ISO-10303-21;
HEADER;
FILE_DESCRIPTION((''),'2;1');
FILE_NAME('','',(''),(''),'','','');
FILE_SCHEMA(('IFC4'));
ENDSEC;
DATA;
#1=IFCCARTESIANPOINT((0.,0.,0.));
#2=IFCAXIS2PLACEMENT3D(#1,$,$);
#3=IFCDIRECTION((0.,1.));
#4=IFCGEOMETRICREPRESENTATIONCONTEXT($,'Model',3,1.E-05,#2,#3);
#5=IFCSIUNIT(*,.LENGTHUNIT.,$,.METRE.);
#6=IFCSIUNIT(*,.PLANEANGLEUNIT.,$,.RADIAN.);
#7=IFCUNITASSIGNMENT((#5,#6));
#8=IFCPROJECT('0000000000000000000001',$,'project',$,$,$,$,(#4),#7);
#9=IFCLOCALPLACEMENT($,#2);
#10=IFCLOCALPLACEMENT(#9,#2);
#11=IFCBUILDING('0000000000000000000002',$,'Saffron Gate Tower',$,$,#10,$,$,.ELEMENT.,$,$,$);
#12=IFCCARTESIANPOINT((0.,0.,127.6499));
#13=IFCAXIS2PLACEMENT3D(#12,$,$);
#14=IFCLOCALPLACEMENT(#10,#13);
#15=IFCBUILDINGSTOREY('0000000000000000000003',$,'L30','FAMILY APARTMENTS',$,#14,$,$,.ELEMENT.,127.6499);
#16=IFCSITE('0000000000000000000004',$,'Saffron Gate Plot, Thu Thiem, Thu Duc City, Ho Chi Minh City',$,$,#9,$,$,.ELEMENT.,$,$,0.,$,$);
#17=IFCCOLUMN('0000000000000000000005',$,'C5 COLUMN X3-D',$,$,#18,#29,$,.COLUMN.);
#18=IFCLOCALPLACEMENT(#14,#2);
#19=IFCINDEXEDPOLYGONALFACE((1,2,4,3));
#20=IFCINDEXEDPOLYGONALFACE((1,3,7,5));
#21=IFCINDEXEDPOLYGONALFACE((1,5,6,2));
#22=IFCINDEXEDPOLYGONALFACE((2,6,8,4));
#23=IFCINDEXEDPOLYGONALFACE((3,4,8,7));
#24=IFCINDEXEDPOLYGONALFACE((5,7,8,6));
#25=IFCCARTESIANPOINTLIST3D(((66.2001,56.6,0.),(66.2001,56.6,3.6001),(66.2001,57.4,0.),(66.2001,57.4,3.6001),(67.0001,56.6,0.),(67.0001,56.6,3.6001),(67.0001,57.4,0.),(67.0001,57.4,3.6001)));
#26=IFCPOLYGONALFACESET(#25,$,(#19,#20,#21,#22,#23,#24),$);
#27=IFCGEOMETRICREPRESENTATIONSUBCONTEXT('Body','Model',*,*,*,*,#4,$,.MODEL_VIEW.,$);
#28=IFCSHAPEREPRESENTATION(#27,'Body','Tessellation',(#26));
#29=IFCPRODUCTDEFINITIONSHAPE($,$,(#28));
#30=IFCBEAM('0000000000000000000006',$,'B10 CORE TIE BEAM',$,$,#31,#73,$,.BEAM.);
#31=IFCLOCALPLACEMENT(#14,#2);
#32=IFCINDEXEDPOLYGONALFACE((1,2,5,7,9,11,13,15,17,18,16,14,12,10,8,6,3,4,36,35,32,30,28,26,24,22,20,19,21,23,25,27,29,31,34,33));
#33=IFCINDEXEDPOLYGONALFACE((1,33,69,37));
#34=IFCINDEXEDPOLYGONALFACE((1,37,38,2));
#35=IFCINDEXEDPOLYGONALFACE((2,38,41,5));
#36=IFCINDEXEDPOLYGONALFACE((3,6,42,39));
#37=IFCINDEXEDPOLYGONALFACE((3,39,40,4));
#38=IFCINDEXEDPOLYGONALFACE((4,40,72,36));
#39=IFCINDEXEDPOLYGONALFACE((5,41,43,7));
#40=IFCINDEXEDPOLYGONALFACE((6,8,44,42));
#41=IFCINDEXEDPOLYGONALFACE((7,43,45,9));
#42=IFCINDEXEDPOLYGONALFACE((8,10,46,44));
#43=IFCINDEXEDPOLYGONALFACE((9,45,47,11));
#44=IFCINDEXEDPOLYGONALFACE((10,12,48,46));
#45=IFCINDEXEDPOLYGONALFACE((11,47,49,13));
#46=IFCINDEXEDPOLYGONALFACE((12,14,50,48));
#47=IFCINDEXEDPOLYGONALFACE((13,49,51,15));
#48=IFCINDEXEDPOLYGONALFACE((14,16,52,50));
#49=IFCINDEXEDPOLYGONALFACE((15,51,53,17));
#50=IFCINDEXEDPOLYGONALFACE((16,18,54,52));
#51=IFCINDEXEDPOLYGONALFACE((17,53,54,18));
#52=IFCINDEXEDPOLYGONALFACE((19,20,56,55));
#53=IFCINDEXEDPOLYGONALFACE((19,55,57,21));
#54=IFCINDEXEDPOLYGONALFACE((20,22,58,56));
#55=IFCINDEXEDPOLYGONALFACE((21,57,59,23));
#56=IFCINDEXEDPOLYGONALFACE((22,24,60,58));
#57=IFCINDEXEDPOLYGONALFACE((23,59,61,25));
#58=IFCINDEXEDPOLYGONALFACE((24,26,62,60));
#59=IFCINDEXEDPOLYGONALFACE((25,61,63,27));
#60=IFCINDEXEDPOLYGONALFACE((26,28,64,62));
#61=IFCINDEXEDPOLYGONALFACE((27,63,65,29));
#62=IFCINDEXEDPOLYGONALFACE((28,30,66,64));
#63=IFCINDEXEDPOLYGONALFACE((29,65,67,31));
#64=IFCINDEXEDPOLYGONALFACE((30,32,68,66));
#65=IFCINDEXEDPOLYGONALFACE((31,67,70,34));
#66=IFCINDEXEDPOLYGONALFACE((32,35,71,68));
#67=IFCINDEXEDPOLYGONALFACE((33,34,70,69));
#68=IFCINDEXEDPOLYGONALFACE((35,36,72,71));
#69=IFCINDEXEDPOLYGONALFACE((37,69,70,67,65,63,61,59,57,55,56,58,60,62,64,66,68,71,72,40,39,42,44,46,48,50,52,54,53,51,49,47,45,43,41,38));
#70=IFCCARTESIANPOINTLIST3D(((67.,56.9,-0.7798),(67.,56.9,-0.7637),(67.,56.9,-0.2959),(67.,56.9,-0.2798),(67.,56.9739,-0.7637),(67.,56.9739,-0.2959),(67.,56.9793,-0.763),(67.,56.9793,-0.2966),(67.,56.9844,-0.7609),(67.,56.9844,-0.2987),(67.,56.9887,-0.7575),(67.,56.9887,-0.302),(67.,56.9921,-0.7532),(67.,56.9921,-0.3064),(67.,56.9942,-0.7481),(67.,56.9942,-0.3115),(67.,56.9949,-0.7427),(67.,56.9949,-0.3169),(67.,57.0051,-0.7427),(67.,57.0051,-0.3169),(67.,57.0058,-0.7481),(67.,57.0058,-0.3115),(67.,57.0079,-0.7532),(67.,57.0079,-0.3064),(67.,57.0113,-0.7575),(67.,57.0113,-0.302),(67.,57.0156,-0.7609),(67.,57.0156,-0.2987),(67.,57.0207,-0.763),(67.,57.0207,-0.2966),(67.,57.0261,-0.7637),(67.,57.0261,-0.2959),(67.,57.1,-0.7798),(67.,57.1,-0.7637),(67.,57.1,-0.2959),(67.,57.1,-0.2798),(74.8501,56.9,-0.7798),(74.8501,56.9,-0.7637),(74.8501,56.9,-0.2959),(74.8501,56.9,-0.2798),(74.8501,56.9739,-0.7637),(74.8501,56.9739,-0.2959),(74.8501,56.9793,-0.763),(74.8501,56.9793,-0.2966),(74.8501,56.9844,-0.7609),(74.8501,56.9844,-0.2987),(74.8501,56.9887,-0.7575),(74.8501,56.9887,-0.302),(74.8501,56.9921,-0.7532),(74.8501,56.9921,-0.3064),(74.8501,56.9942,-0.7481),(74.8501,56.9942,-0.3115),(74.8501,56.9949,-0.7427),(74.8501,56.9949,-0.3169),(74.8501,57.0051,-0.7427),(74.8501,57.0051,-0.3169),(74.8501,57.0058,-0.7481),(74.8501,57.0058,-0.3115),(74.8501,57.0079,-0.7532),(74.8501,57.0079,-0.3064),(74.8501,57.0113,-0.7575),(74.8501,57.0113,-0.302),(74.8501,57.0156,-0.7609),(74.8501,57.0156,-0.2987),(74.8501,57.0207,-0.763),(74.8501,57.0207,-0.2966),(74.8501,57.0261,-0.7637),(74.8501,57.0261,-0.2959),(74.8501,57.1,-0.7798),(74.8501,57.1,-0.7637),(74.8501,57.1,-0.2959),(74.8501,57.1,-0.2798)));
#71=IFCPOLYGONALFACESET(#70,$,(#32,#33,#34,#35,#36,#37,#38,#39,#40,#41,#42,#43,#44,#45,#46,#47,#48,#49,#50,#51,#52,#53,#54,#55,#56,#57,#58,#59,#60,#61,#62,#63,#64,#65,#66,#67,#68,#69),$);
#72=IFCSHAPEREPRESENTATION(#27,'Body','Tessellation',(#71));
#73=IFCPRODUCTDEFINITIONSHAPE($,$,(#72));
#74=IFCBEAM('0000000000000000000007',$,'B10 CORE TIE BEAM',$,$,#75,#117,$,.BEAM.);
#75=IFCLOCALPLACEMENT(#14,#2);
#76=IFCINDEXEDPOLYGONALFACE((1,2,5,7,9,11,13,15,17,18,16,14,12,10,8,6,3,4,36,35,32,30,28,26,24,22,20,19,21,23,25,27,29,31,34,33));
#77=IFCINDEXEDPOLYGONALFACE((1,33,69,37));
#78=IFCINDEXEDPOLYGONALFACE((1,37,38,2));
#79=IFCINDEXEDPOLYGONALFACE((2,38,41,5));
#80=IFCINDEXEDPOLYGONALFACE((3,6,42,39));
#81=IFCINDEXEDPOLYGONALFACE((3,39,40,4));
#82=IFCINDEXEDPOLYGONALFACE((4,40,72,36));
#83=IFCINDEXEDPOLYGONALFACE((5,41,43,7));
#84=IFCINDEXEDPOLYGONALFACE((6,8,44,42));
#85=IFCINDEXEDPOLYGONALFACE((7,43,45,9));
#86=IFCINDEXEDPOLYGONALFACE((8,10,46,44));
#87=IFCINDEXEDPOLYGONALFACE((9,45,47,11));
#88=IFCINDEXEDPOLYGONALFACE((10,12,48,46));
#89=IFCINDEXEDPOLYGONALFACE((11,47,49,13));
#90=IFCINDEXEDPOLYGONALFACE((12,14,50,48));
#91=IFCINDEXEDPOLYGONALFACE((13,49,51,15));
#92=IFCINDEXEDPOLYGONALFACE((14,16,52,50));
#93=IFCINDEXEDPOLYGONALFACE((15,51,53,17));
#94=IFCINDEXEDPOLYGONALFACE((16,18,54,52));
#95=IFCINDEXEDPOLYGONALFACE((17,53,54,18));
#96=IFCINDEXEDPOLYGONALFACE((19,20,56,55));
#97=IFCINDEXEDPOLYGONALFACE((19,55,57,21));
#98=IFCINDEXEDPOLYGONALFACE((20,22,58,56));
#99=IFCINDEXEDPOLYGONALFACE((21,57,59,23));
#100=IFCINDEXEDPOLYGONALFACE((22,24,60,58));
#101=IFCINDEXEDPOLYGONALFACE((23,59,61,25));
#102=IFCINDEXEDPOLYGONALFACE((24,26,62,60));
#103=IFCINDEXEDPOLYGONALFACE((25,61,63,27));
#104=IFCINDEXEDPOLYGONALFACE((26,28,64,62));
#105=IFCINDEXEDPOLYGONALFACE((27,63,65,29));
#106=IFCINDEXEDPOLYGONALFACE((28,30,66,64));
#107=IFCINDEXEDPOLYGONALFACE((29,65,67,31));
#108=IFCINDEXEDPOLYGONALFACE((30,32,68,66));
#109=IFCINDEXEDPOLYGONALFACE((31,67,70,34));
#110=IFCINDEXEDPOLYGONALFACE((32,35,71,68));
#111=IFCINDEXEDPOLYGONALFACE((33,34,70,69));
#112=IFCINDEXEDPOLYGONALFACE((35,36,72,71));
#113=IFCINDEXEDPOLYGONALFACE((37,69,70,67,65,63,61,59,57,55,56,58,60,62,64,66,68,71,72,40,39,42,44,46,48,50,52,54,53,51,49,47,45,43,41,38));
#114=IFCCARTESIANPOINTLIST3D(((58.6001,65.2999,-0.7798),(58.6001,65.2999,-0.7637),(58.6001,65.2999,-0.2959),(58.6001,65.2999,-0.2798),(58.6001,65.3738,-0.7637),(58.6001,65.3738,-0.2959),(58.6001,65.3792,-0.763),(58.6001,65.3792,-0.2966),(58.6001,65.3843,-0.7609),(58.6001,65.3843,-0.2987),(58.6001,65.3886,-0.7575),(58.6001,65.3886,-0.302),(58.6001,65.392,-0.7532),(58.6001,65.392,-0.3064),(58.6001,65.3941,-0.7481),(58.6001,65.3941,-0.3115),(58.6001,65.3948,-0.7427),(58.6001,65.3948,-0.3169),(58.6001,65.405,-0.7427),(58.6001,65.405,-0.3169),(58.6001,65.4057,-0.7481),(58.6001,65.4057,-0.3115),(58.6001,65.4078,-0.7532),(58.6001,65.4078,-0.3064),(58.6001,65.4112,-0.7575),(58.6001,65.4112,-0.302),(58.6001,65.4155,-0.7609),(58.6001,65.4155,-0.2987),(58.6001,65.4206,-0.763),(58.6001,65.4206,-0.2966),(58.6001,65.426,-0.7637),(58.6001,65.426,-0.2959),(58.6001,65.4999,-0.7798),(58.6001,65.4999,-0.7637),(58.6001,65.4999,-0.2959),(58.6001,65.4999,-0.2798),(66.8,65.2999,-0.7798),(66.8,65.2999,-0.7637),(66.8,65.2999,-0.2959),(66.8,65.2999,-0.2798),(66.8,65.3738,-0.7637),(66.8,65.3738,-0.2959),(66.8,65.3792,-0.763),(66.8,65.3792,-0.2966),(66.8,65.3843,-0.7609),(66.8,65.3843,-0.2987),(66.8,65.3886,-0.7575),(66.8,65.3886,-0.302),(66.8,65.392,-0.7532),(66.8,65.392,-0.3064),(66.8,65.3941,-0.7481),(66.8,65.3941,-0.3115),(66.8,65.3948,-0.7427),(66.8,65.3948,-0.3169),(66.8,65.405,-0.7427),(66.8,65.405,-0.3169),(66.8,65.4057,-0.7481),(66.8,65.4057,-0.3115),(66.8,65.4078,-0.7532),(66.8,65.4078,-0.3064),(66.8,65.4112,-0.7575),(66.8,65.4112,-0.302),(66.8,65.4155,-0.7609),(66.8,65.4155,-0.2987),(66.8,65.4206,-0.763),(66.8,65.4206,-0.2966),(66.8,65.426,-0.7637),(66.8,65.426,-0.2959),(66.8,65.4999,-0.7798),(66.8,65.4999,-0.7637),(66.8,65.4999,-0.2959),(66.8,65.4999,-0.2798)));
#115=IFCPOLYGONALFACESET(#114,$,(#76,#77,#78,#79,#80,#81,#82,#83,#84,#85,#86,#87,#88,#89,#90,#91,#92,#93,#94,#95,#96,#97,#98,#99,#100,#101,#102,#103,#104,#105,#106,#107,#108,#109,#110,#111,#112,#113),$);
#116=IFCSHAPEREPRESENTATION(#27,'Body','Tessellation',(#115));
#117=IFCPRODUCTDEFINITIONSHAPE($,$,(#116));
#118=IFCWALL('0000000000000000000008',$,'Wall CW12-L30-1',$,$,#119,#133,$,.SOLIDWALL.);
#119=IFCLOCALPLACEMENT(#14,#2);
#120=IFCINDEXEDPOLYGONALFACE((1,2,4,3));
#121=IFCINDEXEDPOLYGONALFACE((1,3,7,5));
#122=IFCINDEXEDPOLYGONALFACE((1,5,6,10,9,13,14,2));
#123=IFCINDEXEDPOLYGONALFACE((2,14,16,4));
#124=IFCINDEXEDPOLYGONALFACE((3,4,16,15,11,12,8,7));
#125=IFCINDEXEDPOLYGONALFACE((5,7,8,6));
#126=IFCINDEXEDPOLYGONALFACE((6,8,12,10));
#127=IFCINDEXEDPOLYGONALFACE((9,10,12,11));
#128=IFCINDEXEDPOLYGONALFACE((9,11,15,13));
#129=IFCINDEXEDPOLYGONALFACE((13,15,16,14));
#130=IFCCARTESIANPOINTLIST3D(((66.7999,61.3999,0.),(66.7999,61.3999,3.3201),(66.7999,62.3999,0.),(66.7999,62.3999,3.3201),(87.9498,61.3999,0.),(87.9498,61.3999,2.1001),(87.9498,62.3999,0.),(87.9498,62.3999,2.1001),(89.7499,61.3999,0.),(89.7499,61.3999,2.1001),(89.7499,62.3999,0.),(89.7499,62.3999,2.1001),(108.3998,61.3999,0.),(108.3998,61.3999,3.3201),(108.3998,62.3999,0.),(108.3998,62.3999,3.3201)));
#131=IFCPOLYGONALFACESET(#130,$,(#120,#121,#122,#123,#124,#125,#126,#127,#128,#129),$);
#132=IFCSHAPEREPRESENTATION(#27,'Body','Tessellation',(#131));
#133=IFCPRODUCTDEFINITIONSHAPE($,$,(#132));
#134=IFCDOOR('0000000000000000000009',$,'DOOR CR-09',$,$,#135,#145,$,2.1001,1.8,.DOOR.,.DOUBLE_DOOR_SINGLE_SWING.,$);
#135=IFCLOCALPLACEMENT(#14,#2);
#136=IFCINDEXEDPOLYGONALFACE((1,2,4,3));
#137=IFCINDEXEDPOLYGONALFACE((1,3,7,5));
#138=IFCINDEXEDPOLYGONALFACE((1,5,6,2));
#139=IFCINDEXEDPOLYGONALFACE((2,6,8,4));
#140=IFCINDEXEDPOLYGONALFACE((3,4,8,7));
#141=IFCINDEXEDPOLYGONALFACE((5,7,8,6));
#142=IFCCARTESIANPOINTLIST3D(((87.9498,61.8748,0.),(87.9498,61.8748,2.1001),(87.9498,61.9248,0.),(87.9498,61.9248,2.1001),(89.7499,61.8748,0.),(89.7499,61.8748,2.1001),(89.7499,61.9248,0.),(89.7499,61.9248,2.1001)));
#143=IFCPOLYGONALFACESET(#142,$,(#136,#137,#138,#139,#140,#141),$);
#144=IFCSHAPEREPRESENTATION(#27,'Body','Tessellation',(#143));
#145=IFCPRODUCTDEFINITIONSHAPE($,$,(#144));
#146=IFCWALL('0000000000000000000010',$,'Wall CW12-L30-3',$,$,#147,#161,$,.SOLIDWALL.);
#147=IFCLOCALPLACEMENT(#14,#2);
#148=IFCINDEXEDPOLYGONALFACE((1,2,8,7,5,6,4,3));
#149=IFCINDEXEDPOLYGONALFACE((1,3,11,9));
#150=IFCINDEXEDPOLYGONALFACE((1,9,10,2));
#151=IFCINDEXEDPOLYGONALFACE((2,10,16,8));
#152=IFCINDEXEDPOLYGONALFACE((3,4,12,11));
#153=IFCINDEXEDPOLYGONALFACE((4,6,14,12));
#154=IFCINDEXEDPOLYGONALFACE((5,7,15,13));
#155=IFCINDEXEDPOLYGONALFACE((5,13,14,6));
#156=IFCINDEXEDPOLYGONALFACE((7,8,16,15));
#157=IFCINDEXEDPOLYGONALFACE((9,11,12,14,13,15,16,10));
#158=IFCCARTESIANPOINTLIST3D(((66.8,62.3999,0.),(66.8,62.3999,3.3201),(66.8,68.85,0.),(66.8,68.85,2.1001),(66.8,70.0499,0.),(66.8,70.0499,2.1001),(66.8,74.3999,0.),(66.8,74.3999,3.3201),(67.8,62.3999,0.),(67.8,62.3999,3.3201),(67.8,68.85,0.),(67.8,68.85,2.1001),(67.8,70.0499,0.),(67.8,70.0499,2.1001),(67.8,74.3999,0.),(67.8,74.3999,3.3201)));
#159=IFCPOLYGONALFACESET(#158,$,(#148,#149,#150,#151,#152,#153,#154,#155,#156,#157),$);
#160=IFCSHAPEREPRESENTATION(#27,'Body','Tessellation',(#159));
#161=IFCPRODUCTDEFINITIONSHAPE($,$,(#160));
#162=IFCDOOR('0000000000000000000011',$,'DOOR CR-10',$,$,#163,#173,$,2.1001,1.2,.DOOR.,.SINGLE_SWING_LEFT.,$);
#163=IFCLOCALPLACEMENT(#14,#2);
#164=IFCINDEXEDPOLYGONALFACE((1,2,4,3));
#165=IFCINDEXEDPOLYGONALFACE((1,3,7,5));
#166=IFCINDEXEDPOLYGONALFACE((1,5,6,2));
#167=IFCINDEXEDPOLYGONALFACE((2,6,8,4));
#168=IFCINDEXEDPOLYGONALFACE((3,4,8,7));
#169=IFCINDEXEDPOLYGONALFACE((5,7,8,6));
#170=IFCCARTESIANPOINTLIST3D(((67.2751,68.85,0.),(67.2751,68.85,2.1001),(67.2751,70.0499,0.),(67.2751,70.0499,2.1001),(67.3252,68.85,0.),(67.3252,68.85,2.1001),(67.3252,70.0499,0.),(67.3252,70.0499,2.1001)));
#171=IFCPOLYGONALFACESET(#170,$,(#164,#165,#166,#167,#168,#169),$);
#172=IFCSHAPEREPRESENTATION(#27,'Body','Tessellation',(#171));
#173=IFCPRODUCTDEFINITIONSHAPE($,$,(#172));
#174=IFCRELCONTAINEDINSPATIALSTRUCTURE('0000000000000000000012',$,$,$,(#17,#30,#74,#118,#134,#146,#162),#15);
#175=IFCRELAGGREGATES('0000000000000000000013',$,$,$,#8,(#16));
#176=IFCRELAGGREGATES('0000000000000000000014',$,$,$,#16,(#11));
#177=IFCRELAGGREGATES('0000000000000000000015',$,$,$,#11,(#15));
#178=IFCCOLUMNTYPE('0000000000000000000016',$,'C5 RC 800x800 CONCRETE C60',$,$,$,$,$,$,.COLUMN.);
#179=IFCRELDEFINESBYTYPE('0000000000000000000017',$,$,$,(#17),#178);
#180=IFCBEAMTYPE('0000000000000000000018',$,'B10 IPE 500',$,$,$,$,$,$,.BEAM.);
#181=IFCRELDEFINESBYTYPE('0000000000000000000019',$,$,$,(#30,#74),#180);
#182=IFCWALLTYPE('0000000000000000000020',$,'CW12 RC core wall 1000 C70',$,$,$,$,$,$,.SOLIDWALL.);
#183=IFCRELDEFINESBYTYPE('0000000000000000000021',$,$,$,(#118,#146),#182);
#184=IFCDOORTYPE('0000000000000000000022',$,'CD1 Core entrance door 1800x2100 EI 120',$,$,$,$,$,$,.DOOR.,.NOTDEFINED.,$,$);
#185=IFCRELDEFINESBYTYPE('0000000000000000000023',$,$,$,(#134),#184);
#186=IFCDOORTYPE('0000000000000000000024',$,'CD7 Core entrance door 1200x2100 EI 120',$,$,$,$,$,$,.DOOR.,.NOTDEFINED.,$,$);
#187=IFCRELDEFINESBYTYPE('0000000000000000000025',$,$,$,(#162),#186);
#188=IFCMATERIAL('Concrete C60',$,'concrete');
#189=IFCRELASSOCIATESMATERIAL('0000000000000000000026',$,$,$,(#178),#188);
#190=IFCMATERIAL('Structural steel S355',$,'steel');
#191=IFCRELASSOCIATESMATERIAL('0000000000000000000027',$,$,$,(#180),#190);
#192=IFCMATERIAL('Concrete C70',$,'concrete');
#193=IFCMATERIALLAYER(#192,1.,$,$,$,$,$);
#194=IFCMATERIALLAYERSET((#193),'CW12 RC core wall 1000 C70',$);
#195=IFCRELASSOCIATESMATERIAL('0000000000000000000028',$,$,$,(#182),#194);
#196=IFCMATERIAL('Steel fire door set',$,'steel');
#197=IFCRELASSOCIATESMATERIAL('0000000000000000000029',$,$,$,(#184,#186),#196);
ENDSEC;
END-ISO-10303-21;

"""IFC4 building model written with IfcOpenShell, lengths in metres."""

from ifc_helpers import new_model, si_unit, direction, frame, frame_2d, origin, origin_2d, place, context, subcontext, project, spatial, rectangle, i_section, extrude, material, layer, layer_set, material_profile, profile_set, type_object, element, fill, save


model = new_model("IFC4")

# Units and contexts
model_context = context("Model", 3, precision=1e-05, world=origin(), true_north=direction((0.0, 1.0)))
body_context = subcontext(model_context, "Body", "Model", "MODEL_VIEW")
ifc_project = project(units=[si_unit("LENGTHUNIT", "METRE"), si_unit("PLANEANGLEUNIT", "RADIAN")], contexts=[model_context])

# Site, building, storey
site_placement = place(None, origin())
site = spatial("IfcSite", under=ifc_project, at=site_placement, Name="Saffron Gate Plot, Thu Thiem, Thu Duc City, Ho Chi Minh City", CompositionType="ELEMENT", RefElevation=0.0)
building_placement = place(site_placement, origin())
building = spatial("IfcBuilding", under=site, at=building_placement, Name="Saffron Gate Tower", CompositionType="ELEMENT")
storey_placement = place(building_placement, frame((0.0, 0.0, 127.6499)))
storey = spatial("IfcBuildingStorey", under=building, at=storey_placement, Name="L30", Description="FAMILY APARTMENTS", CompositionType="ELEMENT", Elevation=127.6499)

# Column
ifc_material_1 = material(Name="Concrete C60", Category="concrete")
ifc_material_profile_1 = material_profile(ifc_material_1, rectangle(XDim=0.8, YDim=0.8, at=origin_2d()))
ifc_profile_set_1 = profile_set([ifc_material_profile_1], Name="Concrete C60")
column_type = type_object("IfcColumnType", Name="C5 RC 800x800 CONCRETE C60", PredefinedType="COLUMN", material=ifc_profile_set_1)
column_placement = place(storey_placement, frame((66.6001, 57.0, 0.0), z_axis=(0.0, 0.0, 1.0), x_axis=(1.0, 0.0, 0.0)))
element("IfcColumn", 1, at=column_placement, inside=storey, type_object=column_type, Name="C5 COLUMN X3-D", PredefinedType="COLUMN", context=body_context, shape_type="SweptSolid", body=[
    extrude(rectangle(XDim=0.8, YDim=0.8, at=origin_2d()), origin(), (0.0, 0.0, 1.0), 3.6001),
])

# Beams
ifc_material_2 = material(Name="Structural steel S355", Category="steel")
ifc_material_profile_2 = material_profile(ifc_material_2, i_section(OverallWidth=0.2, OverallDepth=0.5, WebThickness=0.0103, FlangeThickness=0.0161, FilletRadius=0.021, at=origin_2d()))
ifc_profile_set_2 = profile_set([ifc_material_profile_2], Name="Structural steel S355")
beam_type = type_object("IfcBeamType", Name="B10 IPE 500", PredefinedType="BEAM", material=ifc_profile_set_2)
beam_1_placement = place(storey_placement, frame((67.0, 57.0, -0.5298), z_axis=(1.0, 0.0, 0.0), x_axis=(0.0, 1.0, 0.0)))
element("IfcBeam", 2, at=beam_1_placement, inside=storey, type_object=beam_type, Name="B10 CORE TIE BEAM", PredefinedType="BEAM", context=body_context, shape_type="SweptSolid", body=[
    extrude(i_section(OverallWidth=0.2, OverallDepth=0.5, WebThickness=0.0103, FlangeThickness=0.0161, FilletRadius=0.021, at=origin_2d()), origin(), (0.0, 0.0, 1.0), 7.8501),
])
beam_2_placement = place(storey_placement, frame((58.6001, 65.3999, -0.5298), z_axis=(1.0, 0.0, 0.0), x_axis=(0.0, 1.0, 0.0)))
element("IfcBeam", 3, at=beam_2_placement, inside=storey, type_object=beam_type, Name="B10 CORE TIE BEAM", PredefinedType="BEAM", context=body_context, shape_type="SweptSolid", body=[
    extrude(i_section(OverallWidth=0.2, OverallDepth=0.5, WebThickness=0.0103, FlangeThickness=0.0161, FilletRadius=0.021, at=origin_2d()), origin(), (0.0, 0.0, 1.0), 8.2),
])

# Walls, openings, doors
ifc_material_3 = material(Name="Concrete C70", Category="concrete")
ifc_layer_1 = layer(ifc_material_3, 1.0)
ifc_layer_set_1 = layer_set([ifc_layer_1], Name="CW12 RC core wall 1000 C70")
wall_type_1 = type_object("IfcWallType", Name="CW12 RC core wall 1000 C70", PredefinedType="SOLIDWALL", material=ifc_layer_set_1)
wall_1_placement = place(storey_placement, frame((66.8, 61.8999, 0.0), z_axis=(0.0, 0.0, 1.0), x_axis=(1.0, 0.0, 0.0)))
wall_1 = element("IfcWall", 4, at=wall_1_placement, inside=storey, type_object=wall_type_1, Name="Wall CW12-L30-1", PredefinedType="SOLIDWALL", context=body_context, shape_type="SweptSolid", body=[
    extrude(rectangle(XDim=41.5999, YDim=1.0, at=frame_2d((20.7998, 0.0))), origin(), (0.0, 0.0, 1.0), 3.3201),
])
opening_1_placement = place(wall_1_placement, frame((21.1499, 0.0, 0.0)))
opening_1 = element("IfcOpeningElement", 5, at=opening_1_placement, cuts=wall_1, PredefinedType="OPENING", context=body_context, shape_type="SweptSolid", body=[
    extrude(rectangle(XDim=1.8, YDim=2.1001, at=frame_2d((0.8999, 1.05))), frame((0.0, 0.51, 0.0), z_axis=(0.0, -1.0, 0.0), x_axis=(1.0, 0.0, 0.0)), (0.0, 0.0, 1.0), 1.02),
])
ifc_material_4 = material(Name="Steel fire door set", Category="steel")
door_type_1 = type_object("IfcDoorType", Name="CD1 Core entrance door 1800x2100 EI 120", OperationType="NOTDEFINED", PredefinedType="DOOR", material=ifc_material_4)
door_1_placement = place(opening_1_placement, origin())
door_1 = element("IfcDoor", 6, at=door_1_placement, inside=storey, type_object=door_type_1, Name="DOOR CR-09", OperationType="DOUBLE_DOOR_SINGLE_SWING", OverallHeight=2.1001, OverallWidth=1.8, PredefinedType="DOOR", context=body_context, shape_type="SweptSolid", body=[
    extrude(rectangle(XDim=1.8, YDim=2.1001, at=frame_2d((0.8999, 1.05))), frame((0.0, 0.0249, 0.0), z_axis=(0.0, -1.0, 0.0), x_axis=(1.0, 0.0, 0.0)), (0.0, 0.0, 1.0), 0.05),
])
fill(opening_1, door_1)
wall_2_placement = place(storey_placement, frame((67.3, 62.3999, 0.0), z_axis=(0.0, 0.0, 1.0), x_axis=(0.0, 1.0, 0.0)))
wall_2 = element("IfcWall", 7, at=wall_2_placement, inside=storey, type_object=wall_type_1, Name="Wall CW12-L30-3", PredefinedType="SOLIDWALL", context=body_context, shape_type="SweptSolid", body=[
    extrude(rectangle(XDim=12.0, YDim=1.0, at=frame_2d((6.0, 0.0))), origin(), (0.0, 0.0, 1.0), 3.3201),
])
opening_2_placement = place(wall_2_placement, frame((6.45, 0.0, 0.0)))
opening_2 = element("IfcOpeningElement", 8, at=opening_2_placement, cuts=wall_2, PredefinedType="OPENING", context=body_context, shape_type="SweptSolid", body=[
    extrude(rectangle(XDim=1.2, YDim=2.1001, at=frame_2d((0.6001, 1.05))), frame((0.0, 0.51, 0.0), z_axis=(0.0, -1.0, 0.0), x_axis=(1.0, 0.0, 0.0)), (0.0, 0.0, 1.0), 1.02),
])
door_type_2 = type_object("IfcDoorType", Name="CD7 Core entrance door 1200x2100 EI 120", OperationType="NOTDEFINED", PredefinedType="DOOR", material=ifc_material_4)
door_2_placement = place(opening_2_placement, origin())
door_2 = element("IfcDoor", 9, at=door_2_placement, inside=storey, type_object=door_type_2, Name="DOOR CR-10", OperationType="SINGLE_SWING_LEFT", OverallHeight=2.1001, OverallWidth=1.2, PredefinedType="DOOR", context=body_context, shape_type="SweptSolid", body=[
    extrude(rectangle(XDim=1.2, YDim=2.1001, at=frame_2d((0.6001, 1.05))), frame((0.0, 0.0249, 0.0), z_axis=(0.0, -1.0, 0.0), x_axis=(1.0, 0.0, 0.0)), (0.0, 0.0, 1.0), 0.05),
])
fill(opening_2, door_2)

save(model, "model.ifc")
